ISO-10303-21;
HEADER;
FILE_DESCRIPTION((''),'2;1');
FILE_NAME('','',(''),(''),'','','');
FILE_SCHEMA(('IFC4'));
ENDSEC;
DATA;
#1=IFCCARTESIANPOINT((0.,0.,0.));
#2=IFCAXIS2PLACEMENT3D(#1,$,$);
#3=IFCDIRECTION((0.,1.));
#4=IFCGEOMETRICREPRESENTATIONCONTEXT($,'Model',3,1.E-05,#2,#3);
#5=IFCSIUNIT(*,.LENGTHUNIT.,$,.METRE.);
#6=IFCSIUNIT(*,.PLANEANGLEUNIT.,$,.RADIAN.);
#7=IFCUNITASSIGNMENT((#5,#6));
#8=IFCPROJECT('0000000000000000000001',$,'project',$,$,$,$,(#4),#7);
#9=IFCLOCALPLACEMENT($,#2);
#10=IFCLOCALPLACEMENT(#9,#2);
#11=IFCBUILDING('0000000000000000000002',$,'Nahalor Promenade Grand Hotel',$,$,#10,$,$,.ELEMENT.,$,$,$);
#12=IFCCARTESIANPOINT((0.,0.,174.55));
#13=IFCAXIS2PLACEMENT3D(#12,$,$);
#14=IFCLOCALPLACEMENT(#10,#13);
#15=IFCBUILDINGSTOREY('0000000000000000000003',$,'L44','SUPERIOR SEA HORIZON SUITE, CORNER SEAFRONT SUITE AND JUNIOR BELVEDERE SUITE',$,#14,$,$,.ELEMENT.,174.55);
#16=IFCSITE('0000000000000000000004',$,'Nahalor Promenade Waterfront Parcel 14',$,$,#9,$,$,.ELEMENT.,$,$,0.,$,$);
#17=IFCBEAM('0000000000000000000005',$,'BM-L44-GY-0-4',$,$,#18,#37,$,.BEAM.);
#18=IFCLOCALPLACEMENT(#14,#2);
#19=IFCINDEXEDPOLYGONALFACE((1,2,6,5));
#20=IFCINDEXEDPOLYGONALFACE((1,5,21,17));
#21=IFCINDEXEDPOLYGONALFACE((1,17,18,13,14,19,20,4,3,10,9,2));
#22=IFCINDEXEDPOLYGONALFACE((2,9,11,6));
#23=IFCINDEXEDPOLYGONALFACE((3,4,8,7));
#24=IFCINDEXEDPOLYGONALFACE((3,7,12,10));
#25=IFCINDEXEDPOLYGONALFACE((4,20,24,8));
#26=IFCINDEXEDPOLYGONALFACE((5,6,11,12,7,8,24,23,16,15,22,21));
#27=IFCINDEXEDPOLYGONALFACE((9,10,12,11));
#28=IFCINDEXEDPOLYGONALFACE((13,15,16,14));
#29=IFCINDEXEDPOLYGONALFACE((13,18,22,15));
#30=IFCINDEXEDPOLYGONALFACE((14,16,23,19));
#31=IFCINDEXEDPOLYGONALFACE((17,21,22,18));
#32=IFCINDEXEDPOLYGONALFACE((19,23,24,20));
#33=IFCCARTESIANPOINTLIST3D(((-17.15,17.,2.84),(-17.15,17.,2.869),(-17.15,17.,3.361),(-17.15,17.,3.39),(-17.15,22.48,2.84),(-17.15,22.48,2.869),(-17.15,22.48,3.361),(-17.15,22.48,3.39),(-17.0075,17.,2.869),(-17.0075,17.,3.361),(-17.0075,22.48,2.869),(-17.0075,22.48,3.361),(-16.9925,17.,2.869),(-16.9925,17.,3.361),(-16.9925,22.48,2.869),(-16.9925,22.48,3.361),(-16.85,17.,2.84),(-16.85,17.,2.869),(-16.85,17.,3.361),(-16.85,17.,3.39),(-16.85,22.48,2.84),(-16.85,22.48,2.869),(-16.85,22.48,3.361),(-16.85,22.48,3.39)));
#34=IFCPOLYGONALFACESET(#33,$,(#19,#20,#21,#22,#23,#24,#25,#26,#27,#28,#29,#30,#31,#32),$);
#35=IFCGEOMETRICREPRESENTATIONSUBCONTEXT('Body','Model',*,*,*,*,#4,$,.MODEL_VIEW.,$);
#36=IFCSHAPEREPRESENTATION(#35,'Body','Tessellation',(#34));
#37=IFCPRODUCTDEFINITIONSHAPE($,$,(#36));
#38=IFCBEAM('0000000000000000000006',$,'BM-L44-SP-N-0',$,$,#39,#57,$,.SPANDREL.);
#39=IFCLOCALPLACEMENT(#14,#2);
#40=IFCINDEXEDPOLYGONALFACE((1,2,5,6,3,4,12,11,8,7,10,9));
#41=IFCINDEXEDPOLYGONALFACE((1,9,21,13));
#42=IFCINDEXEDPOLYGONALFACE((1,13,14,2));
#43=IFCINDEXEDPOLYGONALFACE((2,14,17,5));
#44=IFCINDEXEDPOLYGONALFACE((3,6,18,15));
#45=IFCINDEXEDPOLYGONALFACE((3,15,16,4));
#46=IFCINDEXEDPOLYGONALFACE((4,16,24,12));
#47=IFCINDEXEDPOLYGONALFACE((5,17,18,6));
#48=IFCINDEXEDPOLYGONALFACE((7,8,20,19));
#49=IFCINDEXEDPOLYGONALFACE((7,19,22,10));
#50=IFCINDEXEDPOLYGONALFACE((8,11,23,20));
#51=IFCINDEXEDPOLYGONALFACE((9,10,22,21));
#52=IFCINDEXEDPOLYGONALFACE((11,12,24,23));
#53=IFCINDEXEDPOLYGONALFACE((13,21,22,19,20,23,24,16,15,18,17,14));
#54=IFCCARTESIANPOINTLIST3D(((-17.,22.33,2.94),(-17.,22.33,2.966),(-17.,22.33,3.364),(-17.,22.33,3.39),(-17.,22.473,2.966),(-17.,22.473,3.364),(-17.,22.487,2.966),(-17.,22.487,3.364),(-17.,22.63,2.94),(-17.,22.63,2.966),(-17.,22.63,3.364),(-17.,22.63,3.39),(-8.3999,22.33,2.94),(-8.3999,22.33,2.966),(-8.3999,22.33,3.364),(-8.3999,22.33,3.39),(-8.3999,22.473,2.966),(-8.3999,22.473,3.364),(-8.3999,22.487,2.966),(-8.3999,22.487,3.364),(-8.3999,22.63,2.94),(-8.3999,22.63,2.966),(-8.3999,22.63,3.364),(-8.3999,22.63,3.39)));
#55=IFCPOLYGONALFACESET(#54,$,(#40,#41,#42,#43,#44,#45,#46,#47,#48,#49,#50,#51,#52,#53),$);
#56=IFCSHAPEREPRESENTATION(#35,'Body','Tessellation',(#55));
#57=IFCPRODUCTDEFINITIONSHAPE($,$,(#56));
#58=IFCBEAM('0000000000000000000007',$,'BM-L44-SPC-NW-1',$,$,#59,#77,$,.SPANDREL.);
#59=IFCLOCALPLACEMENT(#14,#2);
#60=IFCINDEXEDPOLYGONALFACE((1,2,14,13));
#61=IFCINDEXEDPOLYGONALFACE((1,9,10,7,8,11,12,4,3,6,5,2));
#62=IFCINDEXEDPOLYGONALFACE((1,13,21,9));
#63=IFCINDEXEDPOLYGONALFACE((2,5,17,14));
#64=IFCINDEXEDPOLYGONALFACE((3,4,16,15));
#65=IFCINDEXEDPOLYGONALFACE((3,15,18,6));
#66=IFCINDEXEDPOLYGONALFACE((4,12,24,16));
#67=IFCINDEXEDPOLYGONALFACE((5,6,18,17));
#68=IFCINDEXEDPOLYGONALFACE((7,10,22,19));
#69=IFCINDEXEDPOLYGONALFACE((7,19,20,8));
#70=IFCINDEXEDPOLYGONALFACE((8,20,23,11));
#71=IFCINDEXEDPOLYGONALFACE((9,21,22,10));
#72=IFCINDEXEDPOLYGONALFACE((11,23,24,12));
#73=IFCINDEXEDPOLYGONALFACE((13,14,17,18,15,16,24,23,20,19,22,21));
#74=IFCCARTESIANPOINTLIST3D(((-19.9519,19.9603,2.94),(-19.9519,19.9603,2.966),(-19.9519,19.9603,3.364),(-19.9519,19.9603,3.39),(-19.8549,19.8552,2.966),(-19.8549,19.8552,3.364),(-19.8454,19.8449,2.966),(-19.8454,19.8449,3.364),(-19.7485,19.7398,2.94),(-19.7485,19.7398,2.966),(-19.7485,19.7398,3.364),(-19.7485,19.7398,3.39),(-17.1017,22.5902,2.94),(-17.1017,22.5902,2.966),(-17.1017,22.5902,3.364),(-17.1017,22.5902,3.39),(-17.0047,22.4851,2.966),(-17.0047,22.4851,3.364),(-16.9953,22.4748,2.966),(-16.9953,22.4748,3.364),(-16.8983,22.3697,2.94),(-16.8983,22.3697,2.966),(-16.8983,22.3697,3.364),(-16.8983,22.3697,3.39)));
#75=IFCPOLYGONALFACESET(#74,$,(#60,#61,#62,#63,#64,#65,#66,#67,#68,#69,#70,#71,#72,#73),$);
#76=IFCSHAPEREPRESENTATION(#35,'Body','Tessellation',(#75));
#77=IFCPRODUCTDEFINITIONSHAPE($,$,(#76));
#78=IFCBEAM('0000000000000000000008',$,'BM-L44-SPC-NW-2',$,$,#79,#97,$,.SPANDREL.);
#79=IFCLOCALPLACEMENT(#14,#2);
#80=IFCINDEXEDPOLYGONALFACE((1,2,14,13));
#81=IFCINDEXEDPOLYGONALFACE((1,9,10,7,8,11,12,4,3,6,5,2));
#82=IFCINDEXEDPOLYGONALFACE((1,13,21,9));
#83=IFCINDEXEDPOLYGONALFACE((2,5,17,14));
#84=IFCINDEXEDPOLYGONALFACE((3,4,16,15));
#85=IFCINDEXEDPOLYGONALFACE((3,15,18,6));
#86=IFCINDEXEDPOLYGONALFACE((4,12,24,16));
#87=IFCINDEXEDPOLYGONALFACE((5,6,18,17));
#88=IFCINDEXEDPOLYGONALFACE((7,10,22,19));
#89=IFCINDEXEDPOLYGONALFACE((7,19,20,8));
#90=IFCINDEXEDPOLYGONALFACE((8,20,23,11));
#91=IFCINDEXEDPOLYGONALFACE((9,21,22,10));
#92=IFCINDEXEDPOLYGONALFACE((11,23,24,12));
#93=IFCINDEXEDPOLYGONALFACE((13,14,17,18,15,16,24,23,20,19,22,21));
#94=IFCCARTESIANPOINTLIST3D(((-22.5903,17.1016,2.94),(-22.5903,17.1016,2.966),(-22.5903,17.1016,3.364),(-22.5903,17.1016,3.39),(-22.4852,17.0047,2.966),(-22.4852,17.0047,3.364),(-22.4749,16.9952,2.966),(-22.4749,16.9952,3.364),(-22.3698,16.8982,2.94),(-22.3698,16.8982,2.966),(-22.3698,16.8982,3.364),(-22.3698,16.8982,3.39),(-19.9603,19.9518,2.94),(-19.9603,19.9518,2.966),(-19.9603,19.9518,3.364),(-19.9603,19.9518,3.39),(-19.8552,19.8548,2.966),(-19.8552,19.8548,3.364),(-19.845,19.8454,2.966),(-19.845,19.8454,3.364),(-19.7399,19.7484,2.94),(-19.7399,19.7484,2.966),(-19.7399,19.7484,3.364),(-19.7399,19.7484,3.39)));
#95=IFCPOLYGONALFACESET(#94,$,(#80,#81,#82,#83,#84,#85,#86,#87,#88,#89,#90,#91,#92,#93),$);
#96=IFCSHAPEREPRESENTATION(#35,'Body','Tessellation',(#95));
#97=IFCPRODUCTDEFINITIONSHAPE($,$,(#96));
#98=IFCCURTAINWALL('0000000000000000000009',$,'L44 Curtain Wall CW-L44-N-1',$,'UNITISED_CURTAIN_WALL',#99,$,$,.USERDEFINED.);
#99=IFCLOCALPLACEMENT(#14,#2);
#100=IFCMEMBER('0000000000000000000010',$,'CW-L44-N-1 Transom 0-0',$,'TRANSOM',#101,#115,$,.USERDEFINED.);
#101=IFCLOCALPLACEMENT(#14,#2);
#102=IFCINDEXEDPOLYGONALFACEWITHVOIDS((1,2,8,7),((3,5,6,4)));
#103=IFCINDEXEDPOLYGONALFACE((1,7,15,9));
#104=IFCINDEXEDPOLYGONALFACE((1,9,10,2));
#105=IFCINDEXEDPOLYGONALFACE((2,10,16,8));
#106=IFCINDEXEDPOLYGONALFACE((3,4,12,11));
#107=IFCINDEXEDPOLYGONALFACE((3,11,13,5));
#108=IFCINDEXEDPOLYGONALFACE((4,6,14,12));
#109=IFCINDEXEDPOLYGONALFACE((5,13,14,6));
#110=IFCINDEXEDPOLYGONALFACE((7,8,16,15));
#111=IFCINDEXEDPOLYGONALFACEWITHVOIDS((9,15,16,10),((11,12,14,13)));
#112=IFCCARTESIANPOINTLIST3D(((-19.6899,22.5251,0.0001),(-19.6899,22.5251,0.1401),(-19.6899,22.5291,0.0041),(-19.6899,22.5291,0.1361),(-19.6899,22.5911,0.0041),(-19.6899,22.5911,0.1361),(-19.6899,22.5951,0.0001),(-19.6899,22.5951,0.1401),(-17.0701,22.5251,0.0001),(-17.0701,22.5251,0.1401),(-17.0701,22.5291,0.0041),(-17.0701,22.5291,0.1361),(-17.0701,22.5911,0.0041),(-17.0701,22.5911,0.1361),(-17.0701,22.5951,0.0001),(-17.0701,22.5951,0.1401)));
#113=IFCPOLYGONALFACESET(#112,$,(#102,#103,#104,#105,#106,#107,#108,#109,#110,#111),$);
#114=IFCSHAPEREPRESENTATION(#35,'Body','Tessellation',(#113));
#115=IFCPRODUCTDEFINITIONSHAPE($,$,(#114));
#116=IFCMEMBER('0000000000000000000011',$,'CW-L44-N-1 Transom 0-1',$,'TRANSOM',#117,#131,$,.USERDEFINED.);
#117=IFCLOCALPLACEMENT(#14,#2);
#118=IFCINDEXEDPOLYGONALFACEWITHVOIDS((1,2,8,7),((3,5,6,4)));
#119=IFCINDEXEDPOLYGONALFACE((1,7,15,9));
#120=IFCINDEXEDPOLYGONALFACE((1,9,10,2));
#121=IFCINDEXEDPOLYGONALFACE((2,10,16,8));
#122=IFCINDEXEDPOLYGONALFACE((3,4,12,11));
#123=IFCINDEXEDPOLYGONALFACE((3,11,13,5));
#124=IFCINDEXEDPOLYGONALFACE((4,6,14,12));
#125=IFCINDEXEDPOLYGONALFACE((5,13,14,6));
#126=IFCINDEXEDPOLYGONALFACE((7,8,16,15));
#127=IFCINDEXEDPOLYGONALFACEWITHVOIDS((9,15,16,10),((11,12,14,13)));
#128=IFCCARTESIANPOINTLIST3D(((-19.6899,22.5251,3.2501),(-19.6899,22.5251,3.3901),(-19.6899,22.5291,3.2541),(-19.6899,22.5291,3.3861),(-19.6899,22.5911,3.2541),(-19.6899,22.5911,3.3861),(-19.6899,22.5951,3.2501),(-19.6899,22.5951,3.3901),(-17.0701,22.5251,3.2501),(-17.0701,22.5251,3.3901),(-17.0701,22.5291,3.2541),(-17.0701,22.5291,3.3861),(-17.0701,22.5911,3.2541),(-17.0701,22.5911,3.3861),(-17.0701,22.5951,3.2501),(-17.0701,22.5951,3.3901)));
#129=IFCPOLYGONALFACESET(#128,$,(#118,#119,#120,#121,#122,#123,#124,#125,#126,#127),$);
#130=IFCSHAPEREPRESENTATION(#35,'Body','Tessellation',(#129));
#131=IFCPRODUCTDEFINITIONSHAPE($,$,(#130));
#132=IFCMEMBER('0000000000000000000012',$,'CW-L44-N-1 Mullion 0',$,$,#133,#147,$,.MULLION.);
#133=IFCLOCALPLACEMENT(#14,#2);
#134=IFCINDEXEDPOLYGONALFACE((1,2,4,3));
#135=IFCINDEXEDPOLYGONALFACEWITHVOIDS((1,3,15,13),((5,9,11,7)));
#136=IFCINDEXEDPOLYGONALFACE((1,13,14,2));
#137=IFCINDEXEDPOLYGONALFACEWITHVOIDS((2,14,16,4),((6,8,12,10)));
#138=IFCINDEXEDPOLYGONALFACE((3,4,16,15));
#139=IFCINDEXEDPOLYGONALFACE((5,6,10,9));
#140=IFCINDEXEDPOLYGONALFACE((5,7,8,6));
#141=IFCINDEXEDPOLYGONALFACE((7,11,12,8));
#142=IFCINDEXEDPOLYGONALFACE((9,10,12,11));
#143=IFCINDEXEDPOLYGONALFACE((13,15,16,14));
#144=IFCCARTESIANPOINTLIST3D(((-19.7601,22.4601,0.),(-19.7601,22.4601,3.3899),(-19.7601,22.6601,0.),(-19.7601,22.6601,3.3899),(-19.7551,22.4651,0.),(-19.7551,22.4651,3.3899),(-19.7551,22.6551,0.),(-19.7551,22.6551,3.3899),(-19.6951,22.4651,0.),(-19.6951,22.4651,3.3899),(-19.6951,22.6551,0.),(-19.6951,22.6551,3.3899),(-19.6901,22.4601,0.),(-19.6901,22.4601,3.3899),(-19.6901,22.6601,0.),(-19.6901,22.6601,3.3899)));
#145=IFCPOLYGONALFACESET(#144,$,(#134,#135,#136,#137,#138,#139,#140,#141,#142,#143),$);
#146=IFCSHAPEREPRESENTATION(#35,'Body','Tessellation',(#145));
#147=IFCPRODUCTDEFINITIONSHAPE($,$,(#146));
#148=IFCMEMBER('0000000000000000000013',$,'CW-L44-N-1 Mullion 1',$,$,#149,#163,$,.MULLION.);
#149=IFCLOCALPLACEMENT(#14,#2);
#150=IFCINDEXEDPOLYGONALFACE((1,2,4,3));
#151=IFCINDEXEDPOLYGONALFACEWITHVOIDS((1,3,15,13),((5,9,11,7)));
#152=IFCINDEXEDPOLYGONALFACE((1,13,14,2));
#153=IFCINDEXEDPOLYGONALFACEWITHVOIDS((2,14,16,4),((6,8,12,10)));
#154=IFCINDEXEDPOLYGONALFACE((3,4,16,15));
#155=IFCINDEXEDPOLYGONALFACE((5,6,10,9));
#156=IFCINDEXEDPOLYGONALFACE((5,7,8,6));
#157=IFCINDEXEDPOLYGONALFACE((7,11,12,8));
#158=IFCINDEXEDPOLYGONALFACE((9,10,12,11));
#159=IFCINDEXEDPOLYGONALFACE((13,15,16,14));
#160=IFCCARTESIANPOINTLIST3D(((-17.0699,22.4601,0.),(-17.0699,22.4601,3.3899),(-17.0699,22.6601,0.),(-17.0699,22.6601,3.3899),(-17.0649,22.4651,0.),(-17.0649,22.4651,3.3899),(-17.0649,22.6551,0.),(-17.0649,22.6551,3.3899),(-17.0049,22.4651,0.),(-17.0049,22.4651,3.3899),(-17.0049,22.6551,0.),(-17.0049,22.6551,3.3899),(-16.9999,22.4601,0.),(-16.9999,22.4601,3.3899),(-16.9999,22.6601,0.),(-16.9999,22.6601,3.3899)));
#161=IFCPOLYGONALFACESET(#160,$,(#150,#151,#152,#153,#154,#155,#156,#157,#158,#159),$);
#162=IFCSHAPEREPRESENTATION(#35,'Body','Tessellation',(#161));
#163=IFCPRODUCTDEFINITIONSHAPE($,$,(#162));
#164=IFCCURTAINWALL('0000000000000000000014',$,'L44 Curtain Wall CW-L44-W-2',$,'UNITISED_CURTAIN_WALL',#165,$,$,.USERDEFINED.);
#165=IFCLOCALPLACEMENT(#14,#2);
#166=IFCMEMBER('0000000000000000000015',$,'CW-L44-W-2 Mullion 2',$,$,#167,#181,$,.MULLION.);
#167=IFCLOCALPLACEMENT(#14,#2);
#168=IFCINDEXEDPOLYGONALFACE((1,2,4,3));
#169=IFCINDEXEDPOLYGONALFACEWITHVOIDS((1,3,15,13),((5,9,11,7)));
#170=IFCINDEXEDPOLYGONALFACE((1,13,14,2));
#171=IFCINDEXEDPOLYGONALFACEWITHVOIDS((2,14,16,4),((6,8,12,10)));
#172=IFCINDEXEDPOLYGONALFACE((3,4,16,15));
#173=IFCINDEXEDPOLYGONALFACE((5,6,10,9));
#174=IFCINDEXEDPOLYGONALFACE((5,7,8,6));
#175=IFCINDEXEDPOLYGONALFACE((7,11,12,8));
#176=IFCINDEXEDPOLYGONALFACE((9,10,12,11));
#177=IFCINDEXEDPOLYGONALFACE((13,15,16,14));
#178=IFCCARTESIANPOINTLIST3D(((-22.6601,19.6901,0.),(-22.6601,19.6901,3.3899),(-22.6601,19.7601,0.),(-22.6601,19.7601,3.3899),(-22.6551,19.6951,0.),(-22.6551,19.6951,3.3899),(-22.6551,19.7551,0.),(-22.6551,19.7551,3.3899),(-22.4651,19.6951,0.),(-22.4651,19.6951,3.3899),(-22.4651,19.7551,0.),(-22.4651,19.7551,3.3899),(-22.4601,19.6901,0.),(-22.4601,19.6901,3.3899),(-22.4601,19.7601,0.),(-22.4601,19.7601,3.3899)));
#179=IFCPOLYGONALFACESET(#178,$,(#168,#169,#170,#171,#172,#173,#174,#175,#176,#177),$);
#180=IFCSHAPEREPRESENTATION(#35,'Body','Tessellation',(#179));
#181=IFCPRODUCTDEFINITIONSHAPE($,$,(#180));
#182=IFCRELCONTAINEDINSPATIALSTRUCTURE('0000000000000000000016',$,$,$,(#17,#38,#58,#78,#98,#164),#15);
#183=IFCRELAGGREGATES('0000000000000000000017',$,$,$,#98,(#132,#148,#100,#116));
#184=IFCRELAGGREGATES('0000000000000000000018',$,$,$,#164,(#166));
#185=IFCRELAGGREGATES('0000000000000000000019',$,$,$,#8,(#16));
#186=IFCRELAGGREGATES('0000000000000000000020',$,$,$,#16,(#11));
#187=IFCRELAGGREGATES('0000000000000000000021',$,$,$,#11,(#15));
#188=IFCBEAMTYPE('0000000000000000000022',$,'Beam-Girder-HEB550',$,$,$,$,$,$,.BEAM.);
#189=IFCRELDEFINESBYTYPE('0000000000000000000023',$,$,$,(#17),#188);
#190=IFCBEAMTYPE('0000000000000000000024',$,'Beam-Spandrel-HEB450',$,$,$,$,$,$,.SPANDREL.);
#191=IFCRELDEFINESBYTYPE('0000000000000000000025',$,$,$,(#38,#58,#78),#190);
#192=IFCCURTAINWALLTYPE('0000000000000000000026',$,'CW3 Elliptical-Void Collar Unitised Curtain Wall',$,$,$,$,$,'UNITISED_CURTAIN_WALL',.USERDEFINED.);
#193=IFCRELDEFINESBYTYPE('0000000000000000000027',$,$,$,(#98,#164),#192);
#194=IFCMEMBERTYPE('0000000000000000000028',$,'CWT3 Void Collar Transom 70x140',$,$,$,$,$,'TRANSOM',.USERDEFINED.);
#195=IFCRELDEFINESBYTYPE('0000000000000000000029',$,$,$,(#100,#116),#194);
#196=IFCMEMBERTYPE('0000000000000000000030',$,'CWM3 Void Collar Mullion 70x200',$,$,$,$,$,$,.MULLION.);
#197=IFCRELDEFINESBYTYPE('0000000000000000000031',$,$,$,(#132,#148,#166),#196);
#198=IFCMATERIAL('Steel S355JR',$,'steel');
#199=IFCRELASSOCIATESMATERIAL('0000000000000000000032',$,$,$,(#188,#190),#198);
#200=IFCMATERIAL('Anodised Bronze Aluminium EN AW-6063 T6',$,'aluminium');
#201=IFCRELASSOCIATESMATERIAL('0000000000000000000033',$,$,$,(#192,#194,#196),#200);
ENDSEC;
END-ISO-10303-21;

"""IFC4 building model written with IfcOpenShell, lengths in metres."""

from ifc_helpers import new_model, si_unit, direction, frame, origin, origin_2d, place, context, subcontext, project, spatial, hollow_rectangle, i_section, extrude, source, transform, mapped, material, material_profile, profile_set, type_object, element, aggregate, save


model = new_model("IFC4")

# Units and contexts
model_context = context("Model", 3, precision=1e-05, world=origin(), true_north=direction((0.0, 1.0)))
body_context = subcontext(model_context, "Body", "Model", "MODEL_VIEW")
ifc_project = project(units=[si_unit("LENGTHUNIT", "METRE"), si_unit("PLANEANGLEUNIT", "RADIAN")], contexts=[model_context])

# Site, building, storey
site_placement = place(None, origin())
site = spatial("IfcSite", under=ifc_project, at=site_placement, Name="Nahalor Promenade Waterfront Parcel 14", CompositionType="ELEMENT", RefElevation=0.0)
building_placement = place(site_placement, origin())
building = spatial("IfcBuilding", under=site, at=building_placement, Name="Nahalor Promenade Grand Hotel", CompositionType="ELEMENT")
storey_placement = place(building_placement, frame((0.0, 0.0, 174.55)))
storey = spatial("IfcBuildingStorey", under=building, at=storey_placement, Name="L44", Description="SUPERIOR SEA HORIZON SUITE, CORNER SEAFRONT SUITE AND JUNIOR BELVEDERE SUITE", CompositionType="ELEMENT", Elevation=174.55)

# Beams
ifc_material_1 = material(Name="Steel S355JR", Category="steel")
ifc_material_profile_1 = material_profile(ifc_material_1, i_section(OverallWidth=0.3, OverallDepth=0.55, WebThickness=0.015, FlangeThickness=0.029, at=origin_2d()), Name="HEB 550")
ifc_profile_set_1 = profile_set([ifc_material_profile_1], Name="Steel S355JR")
beam_type_1 = type_object("IfcBeamType", Name="Beam-Girder-HEB550", PredefinedType="BEAM", material=ifc_profile_set_1)
shared_shape_1 = source(origin(), body_context, "Body", "SweptSolid", [
    extrude(i_section(OverallWidth=0.3, OverallDepth=0.55, WebThickness=0.015, FlangeThickness=0.029, at=origin_2d()), origin(), (0.0, 0.0, 1.0), 5.48),
])
for number, where, z_axis, x_axis, name in (
    (1, (-17.0, 17.0, 3.115), (0.0, 1.0, 0.0), (-1.0, 0.0, 0.0), "BM-L44-GY-0-4"),
):
    element("IfcBeam", number, at=place(storey_placement, frame(where, z_axis=z_axis, x_axis=x_axis)), inside=storey, type_object=beam_type_1, Name=name, PredefinedType="BEAM", context=body_context, shape_type="MappedRepresentation", body=[
        mapped(shared_shape_1, transform((0.0, 0.0, 0.0), scale=1.0)),
    ])
ifc_material_profile_2 = material_profile(ifc_material_1, i_section(OverallWidth=0.3, OverallDepth=0.45, WebThickness=0.014, FlangeThickness=0.026, at=origin_2d()), Name="HEB 450")
ifc_profile_set_2 = profile_set([ifc_material_profile_2], Name="Steel S355JR")
beam_type_2 = type_object("IfcBeamType", Name="Beam-Spandrel-HEB450", PredefinedType="SPANDREL", material=ifc_profile_set_2)
shared_shape_2 = source(origin(), body_context, "Body", "SweptSolid", [
    extrude(i_section(OverallWidth=0.3, OverallDepth=0.45, WebThickness=0.014, FlangeThickness=0.026, at=origin_2d()), origin(), (0.0, 0.0, 1.0), 8.6001),
])
beam_1_placement = place(storey_placement, frame((-17.0, 22.48, 3.165), z_axis=(1.0, 0.0, 0.0), x_axis=(0.0, 1.0, 0.0)))
element("IfcBeam", 2, at=beam_1_placement, inside=storey, type_object=beam_type_2, Name="BM-L44-SP-N-0", PredefinedType="SPANDREL", context=body_context, shape_type="MappedRepresentation", body=[
    mapped(shared_shape_2, transform((0.0, 0.0, 0.0), scale=1.0)),
])
shared_shape_3 = source(origin(), body_context, "Body", "SweptSolid", [
    extrude(i_section(OverallWidth=0.3, OverallDepth=0.45, WebThickness=0.014, FlangeThickness=0.026, at=origin_2d()), origin(), (0.0, 0.0, 1.0), 3.8782),
])
for number, where, z_axis, x_axis, name in (
    (3, (-17.0, 22.48, 3.165), (-0.734929, -0.678144, 0.0), (0.678144, -0.734929, 0.0), "BM-L44-SPC-NW-1"),
    (4, (-19.8501, 19.8501, 3.165), (-0.678144, -0.734929, 0.0), (0.734929, -0.678144, 0.0), "BM-L44-SPC-NW-2"),
):
    element("IfcBeam", number, at=place(storey_placement, frame(where, z_axis=z_axis, x_axis=x_axis)), inside=storey, type_object=beam_type_2, Name=name, PredefinedType="SPANDREL", context=body_context, shape_type="MappedRepresentation", body=[
        mapped(shared_shape_3, transform((0.0, 0.0, 0.0), scale=1.0)),
    ])

# Curtain walls, members
ifc_material_2 = material(Name="Anodised Bronze Aluminium EN AW-6063 T6", Category="aluminium")
curtain_wall_type = type_object("IfcCurtainWallType", Name="CW3 Elliptical-Void Collar Unitised Curtain Wall", ElementType="UNITISED_CURTAIN_WALL", PredefinedType="USERDEFINED", material=ifc_material_2)
curtain_wall_1_placement = place(storey_placement, origin())
curtain_wall_1 = element("IfcCurtainWall", 5, at=curtain_wall_1_placement, inside=storey, type_object=curtain_wall_type, Name="L44 Curtain Wall CW-L44-N-1", ObjectType="UNITISED_CURTAIN_WALL", PredefinedType="USERDEFINED")
ifc_material_profile_3 = material_profile(ifc_material_2, hollow_rectangle(XDim=0.07, YDim=0.14, WallThickness=0.004, at=origin_2d()), Name="CWT 70x140x4")
ifc_profile_set_3 = profile_set([ifc_material_profile_3], Name="Anodised Bronze Aluminium EN AW-6063 T6")
member_type_1 = type_object("IfcMemberType", Name="CWT3 Void Collar Transom 70x140", ElementType="TRANSOM", PredefinedType="USERDEFINED", material=ifc_profile_set_3)
shared_shape_4 = source(origin(), body_context, "Body", "SweptSolid", [
    extrude(hollow_rectangle(XDim=0.07, YDim=0.14, WallThickness=0.004, at=origin_2d()), origin(), (0.0, 0.0, 1.0), 2.6199),
])
member_1_placement = place(storey_placement, frame((-19.6899, 22.5601, 0.0701), z_axis=(1.0, 0.0, 0.0), x_axis=(0.0, 1.0, 0.0)))
member_1 = element("IfcMember", 6, at=member_1_placement, type_object=member_type_1, Name="CW-L44-N-1 Transom 0-0", ObjectType="TRANSOM", PredefinedType="USERDEFINED", context=body_context, shape_type="MappedRepresentation", body=[
    mapped(shared_shape_4, transform((0.0, 0.0, 0.0), scale=1.0)),
])
member_2_placement = place(storey_placement, frame((-19.6899, 22.5601, 3.3201), z_axis=(1.0, 0.0, 0.0), x_axis=(0.0, 1.0, 0.0)))
member_2 = element("IfcMember", 7, at=member_2_placement, type_object=member_type_1, Name="CW-L44-N-1 Transom 0-1", ObjectType="TRANSOM", PredefinedType="USERDEFINED", context=body_context, shape_type="MappedRepresentation", body=[
    mapped(shared_shape_4, transform((0.0, 0.0, 0.0), scale=1.0)),
])
ifc_material_profile_4 = material_profile(ifc_material_2, hollow_rectangle(XDim=0.07, YDim=0.2, WallThickness=0.005, at=origin_2d()), Name="CWM 70x200x5")
ifc_profile_set_4 = profile_set([ifc_material_profile_4], Name="Anodised Bronze Aluminium EN AW-6063 T6")
member_type_2 = type_object("IfcMemberType", Name="CWM3 Void Collar Mullion 70x200", PredefinedType="MULLION", material=ifc_profile_set_4)
shared_shape_5 = source(origin(), body_context, "Body", "SweptSolid", [
    extrude(hollow_rectangle(XDim=0.07, YDim=0.2, WallThickness=0.005, at=origin_2d()), origin(), (0.0, 0.0, 1.0), 3.3899),
])
member_3_placement = place(storey_placement, frame((-19.7251, 22.5601, 0.0), z_axis=(0.0, 0.0, 1.0), x_axis=(1.0, 0.0, 0.0)))
member_3 = element("IfcMember", 8, at=member_3_placement, type_object=member_type_2, Name="CW-L44-N-1 Mullion 0", PredefinedType="MULLION", context=body_context, shape_type="MappedRepresentation", body=[
    mapped(shared_shape_5, transform((0.0, 0.0, 0.0), scale=1.0)),
])
member_4_placement = place(storey_placement, frame((-17.0349, 22.5601, 0.0), z_axis=(0.0, 0.0, 1.0), x_axis=(1.0, 0.0, 0.0)))
member_4 = element("IfcMember", 9, at=member_4_placement, type_object=member_type_2, Name="CW-L44-N-1 Mullion 1", PredefinedType="MULLION", context=body_context, shape_type="MappedRepresentation", body=[
    mapped(shared_shape_5, transform((0.0, 0.0, 0.0), scale=1.0)),
])
curtain_wall_2_placement = place(storey_placement, origin())
curtain_wall_2 = element("IfcCurtainWall", 10, at=curtain_wall_2_placement, inside=storey, type_object=curtain_wall_type, Name="L44 Curtain Wall CW-L44-W-2", ObjectType="UNITISED_CURTAIN_WALL", PredefinedType="USERDEFINED")
member_5_placement = place(storey_placement, frame((-22.5601, 19.7251, 0.0), z_axis=(0.0, 0.0, 1.0), x_axis=(0.0, 1.0, 0.0)))
member_5 = element("IfcMember", 11, at=member_5_placement, type_object=member_type_2, Name="CW-L44-W-2 Mullion 2", PredefinedType="MULLION", context=body_context, shape_type="MappedRepresentation", body=[
    mapped(shared_shape_5, transform((0.0, 0.0, 0.0), scale=1.0)),
])

aggregate(curtain_wall_1, [member_3, member_4, member_1, member_2])
aggregate(curtain_wall_2, [member_5])

save(model, "model.ifc")
